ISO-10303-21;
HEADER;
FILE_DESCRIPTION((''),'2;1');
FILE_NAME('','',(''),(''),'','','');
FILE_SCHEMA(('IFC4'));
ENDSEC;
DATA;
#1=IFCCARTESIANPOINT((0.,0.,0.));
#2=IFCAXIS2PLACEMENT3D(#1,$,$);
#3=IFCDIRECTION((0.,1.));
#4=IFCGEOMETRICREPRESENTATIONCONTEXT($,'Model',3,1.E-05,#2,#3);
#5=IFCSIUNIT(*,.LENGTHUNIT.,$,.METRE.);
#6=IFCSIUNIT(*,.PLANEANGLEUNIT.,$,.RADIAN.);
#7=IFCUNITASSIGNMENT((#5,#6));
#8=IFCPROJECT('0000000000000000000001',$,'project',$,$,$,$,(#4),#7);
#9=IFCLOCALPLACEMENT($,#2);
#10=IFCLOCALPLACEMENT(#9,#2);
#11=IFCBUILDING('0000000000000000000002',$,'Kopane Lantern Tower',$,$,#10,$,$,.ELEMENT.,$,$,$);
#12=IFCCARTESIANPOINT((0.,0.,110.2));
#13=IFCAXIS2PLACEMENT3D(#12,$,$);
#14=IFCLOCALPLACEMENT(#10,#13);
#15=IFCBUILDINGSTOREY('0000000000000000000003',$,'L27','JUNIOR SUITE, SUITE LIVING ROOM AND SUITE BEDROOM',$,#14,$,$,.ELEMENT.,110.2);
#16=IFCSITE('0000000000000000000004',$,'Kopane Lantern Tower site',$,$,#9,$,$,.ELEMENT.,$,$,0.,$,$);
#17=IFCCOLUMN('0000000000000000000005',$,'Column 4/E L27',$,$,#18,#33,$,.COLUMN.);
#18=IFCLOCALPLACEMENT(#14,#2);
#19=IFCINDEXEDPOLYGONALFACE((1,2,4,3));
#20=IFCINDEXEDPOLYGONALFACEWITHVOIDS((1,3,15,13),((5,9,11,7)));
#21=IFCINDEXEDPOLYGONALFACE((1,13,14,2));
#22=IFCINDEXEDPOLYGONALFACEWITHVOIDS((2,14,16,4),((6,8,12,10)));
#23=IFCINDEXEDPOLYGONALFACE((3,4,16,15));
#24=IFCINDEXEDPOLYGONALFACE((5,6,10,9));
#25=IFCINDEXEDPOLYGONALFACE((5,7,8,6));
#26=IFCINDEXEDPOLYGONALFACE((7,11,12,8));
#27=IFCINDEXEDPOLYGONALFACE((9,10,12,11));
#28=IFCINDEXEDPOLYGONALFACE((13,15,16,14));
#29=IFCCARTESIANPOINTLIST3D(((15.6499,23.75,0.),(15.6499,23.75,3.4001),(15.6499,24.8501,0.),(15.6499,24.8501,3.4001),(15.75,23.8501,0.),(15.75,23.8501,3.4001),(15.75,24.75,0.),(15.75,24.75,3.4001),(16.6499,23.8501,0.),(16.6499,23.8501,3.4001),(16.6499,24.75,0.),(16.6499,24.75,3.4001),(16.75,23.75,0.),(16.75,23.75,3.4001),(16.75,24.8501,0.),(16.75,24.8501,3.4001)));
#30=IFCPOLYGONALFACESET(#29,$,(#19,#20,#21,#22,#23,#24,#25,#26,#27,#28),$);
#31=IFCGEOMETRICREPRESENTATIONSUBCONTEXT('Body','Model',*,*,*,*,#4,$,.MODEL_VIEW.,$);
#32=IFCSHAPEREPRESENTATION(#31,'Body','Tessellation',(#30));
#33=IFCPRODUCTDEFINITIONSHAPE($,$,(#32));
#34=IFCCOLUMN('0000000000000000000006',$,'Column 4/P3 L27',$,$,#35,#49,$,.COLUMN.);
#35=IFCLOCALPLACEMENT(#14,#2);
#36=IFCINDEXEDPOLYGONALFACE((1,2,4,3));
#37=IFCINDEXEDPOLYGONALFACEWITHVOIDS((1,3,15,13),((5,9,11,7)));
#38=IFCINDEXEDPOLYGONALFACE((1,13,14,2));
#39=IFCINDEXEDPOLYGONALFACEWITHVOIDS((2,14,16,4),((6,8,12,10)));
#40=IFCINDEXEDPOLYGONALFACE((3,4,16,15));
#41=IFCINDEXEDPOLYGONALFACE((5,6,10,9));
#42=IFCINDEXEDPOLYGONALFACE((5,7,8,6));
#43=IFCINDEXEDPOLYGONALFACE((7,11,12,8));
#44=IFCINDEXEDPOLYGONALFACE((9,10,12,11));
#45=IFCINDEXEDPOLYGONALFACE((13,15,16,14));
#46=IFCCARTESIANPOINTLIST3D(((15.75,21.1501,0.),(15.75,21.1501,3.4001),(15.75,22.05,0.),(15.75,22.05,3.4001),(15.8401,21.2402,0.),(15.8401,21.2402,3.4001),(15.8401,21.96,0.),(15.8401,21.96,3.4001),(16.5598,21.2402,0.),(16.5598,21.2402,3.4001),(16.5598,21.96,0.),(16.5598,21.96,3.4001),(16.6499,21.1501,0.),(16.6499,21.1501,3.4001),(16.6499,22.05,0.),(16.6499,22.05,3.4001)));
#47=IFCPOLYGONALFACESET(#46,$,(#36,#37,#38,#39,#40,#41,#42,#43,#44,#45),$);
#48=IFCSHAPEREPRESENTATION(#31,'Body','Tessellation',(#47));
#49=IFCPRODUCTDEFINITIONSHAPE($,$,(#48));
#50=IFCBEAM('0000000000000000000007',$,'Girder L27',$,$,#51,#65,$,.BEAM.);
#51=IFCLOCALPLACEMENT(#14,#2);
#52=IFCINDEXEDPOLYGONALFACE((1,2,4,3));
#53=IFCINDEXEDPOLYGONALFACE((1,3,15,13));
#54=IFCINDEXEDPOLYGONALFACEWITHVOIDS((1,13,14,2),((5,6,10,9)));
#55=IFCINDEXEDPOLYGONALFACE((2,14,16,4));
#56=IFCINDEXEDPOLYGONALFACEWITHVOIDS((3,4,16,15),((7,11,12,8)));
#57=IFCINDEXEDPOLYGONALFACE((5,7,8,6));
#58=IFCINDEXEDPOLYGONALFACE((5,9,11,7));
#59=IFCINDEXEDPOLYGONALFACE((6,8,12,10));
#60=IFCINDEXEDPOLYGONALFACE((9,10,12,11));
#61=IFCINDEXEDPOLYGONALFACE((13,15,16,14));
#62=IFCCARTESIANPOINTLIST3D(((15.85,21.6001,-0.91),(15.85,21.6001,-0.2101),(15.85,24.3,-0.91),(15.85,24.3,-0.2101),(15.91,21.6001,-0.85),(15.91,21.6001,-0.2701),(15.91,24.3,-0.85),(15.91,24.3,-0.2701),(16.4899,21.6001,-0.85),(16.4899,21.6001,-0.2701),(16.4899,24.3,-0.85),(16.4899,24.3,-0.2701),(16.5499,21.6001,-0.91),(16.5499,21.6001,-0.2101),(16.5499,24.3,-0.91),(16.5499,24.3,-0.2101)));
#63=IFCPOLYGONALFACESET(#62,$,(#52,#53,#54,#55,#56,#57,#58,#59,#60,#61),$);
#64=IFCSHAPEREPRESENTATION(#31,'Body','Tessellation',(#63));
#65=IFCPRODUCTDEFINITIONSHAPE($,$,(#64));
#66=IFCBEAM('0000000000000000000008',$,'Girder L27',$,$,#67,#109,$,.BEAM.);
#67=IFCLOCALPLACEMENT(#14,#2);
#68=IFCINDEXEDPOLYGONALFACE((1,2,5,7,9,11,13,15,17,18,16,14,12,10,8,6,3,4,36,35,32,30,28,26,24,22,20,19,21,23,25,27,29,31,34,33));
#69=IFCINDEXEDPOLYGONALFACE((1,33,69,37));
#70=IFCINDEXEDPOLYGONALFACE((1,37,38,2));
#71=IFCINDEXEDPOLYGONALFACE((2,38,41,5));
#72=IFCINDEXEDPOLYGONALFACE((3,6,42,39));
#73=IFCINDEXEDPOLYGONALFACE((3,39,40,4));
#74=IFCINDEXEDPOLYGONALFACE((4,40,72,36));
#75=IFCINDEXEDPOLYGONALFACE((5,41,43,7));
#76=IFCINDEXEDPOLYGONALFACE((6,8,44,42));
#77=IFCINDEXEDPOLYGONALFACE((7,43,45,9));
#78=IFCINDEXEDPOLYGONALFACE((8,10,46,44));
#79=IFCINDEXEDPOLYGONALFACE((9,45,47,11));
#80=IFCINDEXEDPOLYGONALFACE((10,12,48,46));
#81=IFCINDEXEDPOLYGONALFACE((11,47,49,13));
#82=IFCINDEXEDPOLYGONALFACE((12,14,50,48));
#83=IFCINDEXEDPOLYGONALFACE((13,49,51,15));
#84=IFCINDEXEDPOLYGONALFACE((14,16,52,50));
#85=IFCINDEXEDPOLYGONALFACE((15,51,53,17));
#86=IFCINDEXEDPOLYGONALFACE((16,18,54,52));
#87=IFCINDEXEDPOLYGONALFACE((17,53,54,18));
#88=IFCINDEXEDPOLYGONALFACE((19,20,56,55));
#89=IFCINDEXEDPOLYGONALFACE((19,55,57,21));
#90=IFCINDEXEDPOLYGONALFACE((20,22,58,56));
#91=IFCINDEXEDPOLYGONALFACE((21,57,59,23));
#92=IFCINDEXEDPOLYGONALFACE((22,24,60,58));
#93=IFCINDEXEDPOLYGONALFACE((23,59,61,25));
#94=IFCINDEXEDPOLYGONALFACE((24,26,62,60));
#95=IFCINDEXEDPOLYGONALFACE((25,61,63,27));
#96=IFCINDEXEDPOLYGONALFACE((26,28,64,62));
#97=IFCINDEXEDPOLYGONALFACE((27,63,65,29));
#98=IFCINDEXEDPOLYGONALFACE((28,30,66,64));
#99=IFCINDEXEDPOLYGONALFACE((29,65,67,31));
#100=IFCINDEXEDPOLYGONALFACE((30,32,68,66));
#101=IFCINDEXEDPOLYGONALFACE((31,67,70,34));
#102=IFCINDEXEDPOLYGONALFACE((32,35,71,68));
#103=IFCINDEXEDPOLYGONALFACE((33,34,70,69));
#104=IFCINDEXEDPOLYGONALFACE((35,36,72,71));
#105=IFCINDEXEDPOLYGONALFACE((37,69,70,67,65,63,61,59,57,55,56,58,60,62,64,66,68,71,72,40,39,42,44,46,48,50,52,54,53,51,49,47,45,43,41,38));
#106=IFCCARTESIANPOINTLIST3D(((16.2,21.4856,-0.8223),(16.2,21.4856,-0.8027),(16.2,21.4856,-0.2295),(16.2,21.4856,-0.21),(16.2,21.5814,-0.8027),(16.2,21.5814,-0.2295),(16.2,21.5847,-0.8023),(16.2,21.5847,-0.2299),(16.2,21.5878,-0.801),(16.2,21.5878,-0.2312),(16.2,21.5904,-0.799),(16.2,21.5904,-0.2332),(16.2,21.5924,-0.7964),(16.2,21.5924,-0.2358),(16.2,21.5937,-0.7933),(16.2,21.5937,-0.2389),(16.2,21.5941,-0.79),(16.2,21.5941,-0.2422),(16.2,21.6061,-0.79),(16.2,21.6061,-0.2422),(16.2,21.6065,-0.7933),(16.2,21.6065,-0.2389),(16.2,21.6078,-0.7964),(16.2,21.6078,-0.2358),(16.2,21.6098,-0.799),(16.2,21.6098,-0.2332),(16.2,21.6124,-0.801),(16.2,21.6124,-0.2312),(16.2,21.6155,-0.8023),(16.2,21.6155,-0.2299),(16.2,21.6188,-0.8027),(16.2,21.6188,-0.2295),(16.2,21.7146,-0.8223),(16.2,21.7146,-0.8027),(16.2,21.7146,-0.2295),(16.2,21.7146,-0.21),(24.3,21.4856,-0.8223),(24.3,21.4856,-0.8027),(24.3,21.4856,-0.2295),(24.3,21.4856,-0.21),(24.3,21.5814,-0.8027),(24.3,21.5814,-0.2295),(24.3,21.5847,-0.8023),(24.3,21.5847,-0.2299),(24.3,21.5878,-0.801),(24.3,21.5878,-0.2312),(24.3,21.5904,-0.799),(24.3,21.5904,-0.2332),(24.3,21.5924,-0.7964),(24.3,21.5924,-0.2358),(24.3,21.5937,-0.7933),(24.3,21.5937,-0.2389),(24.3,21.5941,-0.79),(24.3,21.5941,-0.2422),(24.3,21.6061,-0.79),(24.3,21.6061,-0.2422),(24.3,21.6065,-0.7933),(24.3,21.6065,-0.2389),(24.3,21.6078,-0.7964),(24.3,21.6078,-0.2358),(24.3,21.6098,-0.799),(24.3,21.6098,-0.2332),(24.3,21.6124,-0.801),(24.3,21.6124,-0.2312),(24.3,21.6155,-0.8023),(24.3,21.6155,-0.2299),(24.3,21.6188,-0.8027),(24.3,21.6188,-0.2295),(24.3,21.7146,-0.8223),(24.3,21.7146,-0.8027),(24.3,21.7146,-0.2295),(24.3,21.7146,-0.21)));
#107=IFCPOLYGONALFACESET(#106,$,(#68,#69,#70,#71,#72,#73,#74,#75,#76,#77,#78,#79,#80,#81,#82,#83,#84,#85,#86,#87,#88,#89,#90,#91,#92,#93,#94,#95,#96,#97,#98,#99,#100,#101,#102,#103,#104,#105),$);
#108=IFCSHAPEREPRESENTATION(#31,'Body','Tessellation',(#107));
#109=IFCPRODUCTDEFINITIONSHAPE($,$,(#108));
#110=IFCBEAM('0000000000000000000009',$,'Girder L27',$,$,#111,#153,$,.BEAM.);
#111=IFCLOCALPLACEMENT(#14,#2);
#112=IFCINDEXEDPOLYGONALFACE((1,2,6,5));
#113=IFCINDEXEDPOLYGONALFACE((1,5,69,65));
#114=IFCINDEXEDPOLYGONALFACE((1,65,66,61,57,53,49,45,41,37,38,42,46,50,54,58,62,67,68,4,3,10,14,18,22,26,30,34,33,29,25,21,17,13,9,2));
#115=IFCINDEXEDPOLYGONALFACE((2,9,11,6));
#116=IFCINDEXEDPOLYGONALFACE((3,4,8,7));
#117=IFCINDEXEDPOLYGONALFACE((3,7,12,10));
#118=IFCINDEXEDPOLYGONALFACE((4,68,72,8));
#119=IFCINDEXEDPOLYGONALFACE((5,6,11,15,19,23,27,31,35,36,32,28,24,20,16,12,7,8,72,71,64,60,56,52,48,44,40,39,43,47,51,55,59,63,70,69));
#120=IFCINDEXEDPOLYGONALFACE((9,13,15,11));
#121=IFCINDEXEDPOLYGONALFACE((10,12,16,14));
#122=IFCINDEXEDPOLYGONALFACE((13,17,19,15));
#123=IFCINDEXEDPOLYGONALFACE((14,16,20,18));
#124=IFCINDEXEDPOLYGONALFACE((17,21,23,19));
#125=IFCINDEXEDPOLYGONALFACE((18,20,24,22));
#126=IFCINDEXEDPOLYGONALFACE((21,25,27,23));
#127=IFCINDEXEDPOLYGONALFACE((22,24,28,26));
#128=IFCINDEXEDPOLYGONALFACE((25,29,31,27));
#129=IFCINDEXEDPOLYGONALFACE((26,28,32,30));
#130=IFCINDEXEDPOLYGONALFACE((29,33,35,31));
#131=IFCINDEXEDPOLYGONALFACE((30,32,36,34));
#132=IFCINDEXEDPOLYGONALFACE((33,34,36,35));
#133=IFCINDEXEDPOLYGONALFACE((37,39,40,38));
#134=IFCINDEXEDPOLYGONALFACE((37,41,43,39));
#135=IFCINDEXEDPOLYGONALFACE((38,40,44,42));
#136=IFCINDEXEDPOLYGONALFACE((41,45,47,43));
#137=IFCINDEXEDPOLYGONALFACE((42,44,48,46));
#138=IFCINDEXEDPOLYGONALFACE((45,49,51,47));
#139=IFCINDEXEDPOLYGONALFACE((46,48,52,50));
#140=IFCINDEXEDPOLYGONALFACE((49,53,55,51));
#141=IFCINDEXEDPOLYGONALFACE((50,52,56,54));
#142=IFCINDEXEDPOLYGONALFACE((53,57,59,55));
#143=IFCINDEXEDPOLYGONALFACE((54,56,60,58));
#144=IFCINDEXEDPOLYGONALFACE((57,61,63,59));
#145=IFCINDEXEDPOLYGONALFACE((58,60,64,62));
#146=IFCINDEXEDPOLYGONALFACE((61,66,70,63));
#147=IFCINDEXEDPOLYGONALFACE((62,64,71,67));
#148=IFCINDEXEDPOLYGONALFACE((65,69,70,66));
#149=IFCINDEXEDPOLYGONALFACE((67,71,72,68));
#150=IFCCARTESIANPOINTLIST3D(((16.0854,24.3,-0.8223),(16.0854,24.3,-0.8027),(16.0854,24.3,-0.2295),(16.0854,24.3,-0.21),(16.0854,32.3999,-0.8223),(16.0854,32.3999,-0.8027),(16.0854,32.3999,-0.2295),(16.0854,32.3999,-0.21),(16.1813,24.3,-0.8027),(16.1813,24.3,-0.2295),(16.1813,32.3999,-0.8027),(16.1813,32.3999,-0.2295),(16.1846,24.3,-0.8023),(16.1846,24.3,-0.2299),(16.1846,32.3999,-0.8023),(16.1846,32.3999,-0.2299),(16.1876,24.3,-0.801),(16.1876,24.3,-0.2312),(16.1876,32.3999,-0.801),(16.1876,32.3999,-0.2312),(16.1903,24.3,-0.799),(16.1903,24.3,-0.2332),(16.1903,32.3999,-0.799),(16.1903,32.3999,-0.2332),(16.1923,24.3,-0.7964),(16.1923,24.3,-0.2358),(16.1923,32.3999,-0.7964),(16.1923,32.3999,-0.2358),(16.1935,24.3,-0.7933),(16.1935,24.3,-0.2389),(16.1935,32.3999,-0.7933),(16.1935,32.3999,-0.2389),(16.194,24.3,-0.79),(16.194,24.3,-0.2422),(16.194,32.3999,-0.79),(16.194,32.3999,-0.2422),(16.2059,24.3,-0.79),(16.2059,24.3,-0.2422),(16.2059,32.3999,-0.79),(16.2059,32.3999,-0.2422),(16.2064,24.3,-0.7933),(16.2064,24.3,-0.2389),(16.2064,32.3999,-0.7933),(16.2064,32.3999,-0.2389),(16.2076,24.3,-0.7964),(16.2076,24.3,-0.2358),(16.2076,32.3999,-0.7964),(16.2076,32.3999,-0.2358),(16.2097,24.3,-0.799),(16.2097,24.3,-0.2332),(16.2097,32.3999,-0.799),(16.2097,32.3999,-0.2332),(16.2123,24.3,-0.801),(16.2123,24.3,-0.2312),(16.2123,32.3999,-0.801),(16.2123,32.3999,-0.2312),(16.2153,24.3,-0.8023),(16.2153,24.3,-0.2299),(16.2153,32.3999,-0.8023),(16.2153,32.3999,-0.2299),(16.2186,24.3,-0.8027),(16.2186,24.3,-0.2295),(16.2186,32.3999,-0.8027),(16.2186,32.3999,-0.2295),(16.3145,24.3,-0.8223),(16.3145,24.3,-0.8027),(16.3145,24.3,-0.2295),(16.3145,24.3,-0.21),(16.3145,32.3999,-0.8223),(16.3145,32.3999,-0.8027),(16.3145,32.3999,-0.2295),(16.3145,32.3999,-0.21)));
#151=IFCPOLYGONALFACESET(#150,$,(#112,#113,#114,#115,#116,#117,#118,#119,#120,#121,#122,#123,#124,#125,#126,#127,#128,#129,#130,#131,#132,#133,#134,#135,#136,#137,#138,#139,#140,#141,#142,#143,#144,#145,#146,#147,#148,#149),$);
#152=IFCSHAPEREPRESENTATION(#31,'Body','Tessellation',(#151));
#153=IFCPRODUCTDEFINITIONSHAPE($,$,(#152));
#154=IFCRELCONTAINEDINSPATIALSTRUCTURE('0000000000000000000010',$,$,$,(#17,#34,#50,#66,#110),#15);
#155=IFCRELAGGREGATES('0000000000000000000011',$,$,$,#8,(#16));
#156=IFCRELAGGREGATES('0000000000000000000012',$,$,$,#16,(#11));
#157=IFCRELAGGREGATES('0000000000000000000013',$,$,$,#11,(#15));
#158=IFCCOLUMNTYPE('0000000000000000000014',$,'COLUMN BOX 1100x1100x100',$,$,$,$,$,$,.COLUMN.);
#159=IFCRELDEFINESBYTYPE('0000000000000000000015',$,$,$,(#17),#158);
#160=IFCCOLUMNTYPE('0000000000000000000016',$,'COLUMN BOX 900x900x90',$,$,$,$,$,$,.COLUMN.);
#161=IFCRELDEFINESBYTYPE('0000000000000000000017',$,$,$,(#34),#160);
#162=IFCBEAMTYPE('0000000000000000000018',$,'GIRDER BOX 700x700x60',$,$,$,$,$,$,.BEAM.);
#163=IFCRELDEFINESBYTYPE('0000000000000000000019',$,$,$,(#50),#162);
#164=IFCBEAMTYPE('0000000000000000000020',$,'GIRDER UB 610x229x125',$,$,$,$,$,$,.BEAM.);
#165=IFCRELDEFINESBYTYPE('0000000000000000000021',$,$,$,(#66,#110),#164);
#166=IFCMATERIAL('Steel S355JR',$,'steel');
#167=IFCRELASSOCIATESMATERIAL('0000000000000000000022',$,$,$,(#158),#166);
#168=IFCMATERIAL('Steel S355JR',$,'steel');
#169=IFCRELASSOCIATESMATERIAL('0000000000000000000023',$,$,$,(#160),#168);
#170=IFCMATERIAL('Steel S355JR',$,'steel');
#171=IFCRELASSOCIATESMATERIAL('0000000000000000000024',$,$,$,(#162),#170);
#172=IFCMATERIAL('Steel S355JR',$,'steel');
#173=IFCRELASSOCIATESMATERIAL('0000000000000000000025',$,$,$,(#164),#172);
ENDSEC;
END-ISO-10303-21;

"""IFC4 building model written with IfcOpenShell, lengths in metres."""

from ifc_helpers import new_model, si_unit, direction, frame, origin, origin_2d, place, context, subcontext, project, spatial, hollow_rectangle, i_section, extrude, material, material_profile, profile_set, type_object, element, save


model = new_model("IFC4")

# Units and contexts
model_context = context("Model", 3, precision=1e-05, world=origin(), true_north=direction((0.0, 1.0)))
body_context = subcontext(model_context, "Body", "Model", "MODEL_VIEW")
ifc_project = project(units=[si_unit("LENGTHUNIT", "METRE"), si_unit("PLANEANGLEUNIT", "RADIAN")], contexts=[model_context])

# Site, building, storey
site_placement = place(None, origin())
site = spatial("IfcSite", under=ifc_project, at=site_placement, Name="Kopane Lantern Tower site", CompositionType="ELEMENT", RefElevation=0.0)
building_placement = place(site_placement, origin())
building = spatial("IfcBuilding", under=site, at=building_placement, Name="Kopane Lantern Tower", CompositionType="ELEMENT")
storey_placement = place(building_placement, frame((0.0, 0.0, 110.2)))
storey = spatial("IfcBuildingStorey", under=building, at=storey_placement, Name="L27", Description="JUNIOR SUITE, SUITE LIVING ROOM AND SUITE BEDROOM", CompositionType="ELEMENT", Elevation=110.2)

# Columns
ifc_material_1 = material(Name="Steel S355JR", Category="steel")
ifc_material_profile_1 = material_profile(ifc_material_1, hollow_rectangle(XDim=1.1001, YDim=1.1001, WallThickness=0.1001, at=origin_2d()), Name="BOX 1100x1100x100")
ifc_profile_set_1 = profile_set([ifc_material_profile_1], Name="Steel S355JR")
column_type_1 = type_object("IfcColumnType", Name="COLUMN BOX 1100x1100x100", PredefinedType="COLUMN", material=ifc_profile_set_1)
column_1_placement = place(storey_placement, frame((16.2, 24.3, 0.0), z_axis=(0.0, 0.0, 1.0), x_axis=(1.0, 0.0, 0.0)))
element("IfcColumn", 1, at=column_1_placement, inside=storey, type_object=column_type_1, Name="Column 4/E L27", PredefinedType="COLUMN", context=body_context, shape_type="SweptSolid", body=[
    extrude(hollow_rectangle(XDim=1.1001, YDim=1.1001, WallThickness=0.1001, at=origin_2d()), origin(), (0.0, 0.0, 1.0), 3.4001),
])
ifc_material_2 = material(Name="Steel S355JR", Category="steel")
ifc_material_profile_2 = material_profile(ifc_material_2, hollow_rectangle(XDim=0.8999, YDim=0.8999, WallThickness=0.0901, at=origin_2d()), Name="BOX 900x900x90")
ifc_profile_set_2 = profile_set([ifc_material_profile_2], Name="Steel S355JR")
column_type_2 = type_object("IfcColumnType", Name="COLUMN BOX 900x900x90", PredefinedType="COLUMN", material=ifc_profile_set_2)
column_2_placement = place(storey_placement, frame((16.2, 21.6001, 0.0), z_axis=(0.0, 0.0, 1.0), x_axis=(1.0, 0.0, 0.0)))
element("IfcColumn", 2, at=column_2_placement, inside=storey, type_object=column_type_2, Name="Column 4/P3 L27", PredefinedType="COLUMN", context=body_context, shape_type="SweptSolid", body=[
    extrude(hollow_rectangle(XDim=0.8999, YDim=0.8999, WallThickness=0.0901, at=origin_2d()), origin(), (0.0, 0.0, 1.0), 3.4001),
])

# Beams
ifc_material_3 = material(Name="Steel S355JR", Category="steel")
ifc_material_profile_3 = material_profile(ifc_material_3, hollow_rectangle(XDim=0.7, YDim=0.7, WallThickness=0.0601, at=origin_2d()), Name="BOX 700x700x60")
ifc_profile_set_3 = profile_set([ifc_material_profile_3], Name="Steel S355JR")
beam_type_1 = type_object("IfcBeamType", Name="GIRDER BOX 700x700x60", PredefinedType="BEAM", material=ifc_profile_set_3)
beam_1_placement = place(storey_placement, frame((16.2, 21.6001, -0.5601), z_axis=(0.0, 1.0, 0.0), x_axis=(-1.0, 0.0, 0.0)))
element("IfcBeam", 3, at=beam_1_placement, inside=storey, type_object=beam_type_1, Name="Girder L27", PredefinedType="BEAM", context=body_context, shape_type="SweptSolid", body=[
    extrude(hollow_rectangle(XDim=0.7, YDim=0.7, WallThickness=0.0601, at=origin_2d()), origin(), (0.0, 0.0, 1.0), 2.7),
])
ifc_material_4 = material(Name="Steel S355JR", Category="steel")
ifc_material_profile_4 = material_profile(ifc_material_4, i_section(OverallWidth=0.229, OverallDepth=0.6123, WebThickness=0.012, FlangeThickness=0.0195, FilletRadius=0.0127, at=origin_2d()), Name="UB 610x229x125")
ifc_profile_set_4 = profile_set([ifc_material_profile_4], Name="Steel S355JR")
beam_type_2 = type_object("IfcBeamType", Name="GIRDER UB 610x229x125", PredefinedType="BEAM", material=ifc_profile_set_4)
beam_2_placement = place(storey_placement, frame((16.2, 21.6001, -0.5161), z_axis=(1.0, 0.0, 0.0), x_axis=(0.0, 1.0, 0.0)))
element("IfcBeam", 4, at=beam_2_placement, inside=storey, type_object=beam_type_2, Name="Girder L27", PredefinedType="BEAM", context=body_context, shape_type="SweptSolid", body=[
    extrude(i_section(OverallWidth=0.229, OverallDepth=0.6123, WebThickness=0.012, FlangeThickness=0.0195, FilletRadius=0.0127, at=origin_2d()), origin(), (0.0, 0.0, 1.0), 8.1001),
])
beam_3_placement = place(storey_placement, frame((16.2, 24.3, -0.5161), z_axis=(0.0, 1.0, 0.0), x_axis=(-1.0, 0.0, 0.0)))
element("IfcBeam", 5, at=beam_3_placement, inside=storey, type_object=beam_type_2, Name="Girder L27", PredefinedType="BEAM", context=body_context, shape_type="SweptSolid", body=[
    extrude(i_section(OverallWidth=0.229, OverallDepth=0.6123, WebThickness=0.012, FlangeThickness=0.0195, FilletRadius=0.0127, at=origin_2d()), origin(), (0.0, 0.0, 1.0), 8.0999),
])

save(model, "model.ifc")
